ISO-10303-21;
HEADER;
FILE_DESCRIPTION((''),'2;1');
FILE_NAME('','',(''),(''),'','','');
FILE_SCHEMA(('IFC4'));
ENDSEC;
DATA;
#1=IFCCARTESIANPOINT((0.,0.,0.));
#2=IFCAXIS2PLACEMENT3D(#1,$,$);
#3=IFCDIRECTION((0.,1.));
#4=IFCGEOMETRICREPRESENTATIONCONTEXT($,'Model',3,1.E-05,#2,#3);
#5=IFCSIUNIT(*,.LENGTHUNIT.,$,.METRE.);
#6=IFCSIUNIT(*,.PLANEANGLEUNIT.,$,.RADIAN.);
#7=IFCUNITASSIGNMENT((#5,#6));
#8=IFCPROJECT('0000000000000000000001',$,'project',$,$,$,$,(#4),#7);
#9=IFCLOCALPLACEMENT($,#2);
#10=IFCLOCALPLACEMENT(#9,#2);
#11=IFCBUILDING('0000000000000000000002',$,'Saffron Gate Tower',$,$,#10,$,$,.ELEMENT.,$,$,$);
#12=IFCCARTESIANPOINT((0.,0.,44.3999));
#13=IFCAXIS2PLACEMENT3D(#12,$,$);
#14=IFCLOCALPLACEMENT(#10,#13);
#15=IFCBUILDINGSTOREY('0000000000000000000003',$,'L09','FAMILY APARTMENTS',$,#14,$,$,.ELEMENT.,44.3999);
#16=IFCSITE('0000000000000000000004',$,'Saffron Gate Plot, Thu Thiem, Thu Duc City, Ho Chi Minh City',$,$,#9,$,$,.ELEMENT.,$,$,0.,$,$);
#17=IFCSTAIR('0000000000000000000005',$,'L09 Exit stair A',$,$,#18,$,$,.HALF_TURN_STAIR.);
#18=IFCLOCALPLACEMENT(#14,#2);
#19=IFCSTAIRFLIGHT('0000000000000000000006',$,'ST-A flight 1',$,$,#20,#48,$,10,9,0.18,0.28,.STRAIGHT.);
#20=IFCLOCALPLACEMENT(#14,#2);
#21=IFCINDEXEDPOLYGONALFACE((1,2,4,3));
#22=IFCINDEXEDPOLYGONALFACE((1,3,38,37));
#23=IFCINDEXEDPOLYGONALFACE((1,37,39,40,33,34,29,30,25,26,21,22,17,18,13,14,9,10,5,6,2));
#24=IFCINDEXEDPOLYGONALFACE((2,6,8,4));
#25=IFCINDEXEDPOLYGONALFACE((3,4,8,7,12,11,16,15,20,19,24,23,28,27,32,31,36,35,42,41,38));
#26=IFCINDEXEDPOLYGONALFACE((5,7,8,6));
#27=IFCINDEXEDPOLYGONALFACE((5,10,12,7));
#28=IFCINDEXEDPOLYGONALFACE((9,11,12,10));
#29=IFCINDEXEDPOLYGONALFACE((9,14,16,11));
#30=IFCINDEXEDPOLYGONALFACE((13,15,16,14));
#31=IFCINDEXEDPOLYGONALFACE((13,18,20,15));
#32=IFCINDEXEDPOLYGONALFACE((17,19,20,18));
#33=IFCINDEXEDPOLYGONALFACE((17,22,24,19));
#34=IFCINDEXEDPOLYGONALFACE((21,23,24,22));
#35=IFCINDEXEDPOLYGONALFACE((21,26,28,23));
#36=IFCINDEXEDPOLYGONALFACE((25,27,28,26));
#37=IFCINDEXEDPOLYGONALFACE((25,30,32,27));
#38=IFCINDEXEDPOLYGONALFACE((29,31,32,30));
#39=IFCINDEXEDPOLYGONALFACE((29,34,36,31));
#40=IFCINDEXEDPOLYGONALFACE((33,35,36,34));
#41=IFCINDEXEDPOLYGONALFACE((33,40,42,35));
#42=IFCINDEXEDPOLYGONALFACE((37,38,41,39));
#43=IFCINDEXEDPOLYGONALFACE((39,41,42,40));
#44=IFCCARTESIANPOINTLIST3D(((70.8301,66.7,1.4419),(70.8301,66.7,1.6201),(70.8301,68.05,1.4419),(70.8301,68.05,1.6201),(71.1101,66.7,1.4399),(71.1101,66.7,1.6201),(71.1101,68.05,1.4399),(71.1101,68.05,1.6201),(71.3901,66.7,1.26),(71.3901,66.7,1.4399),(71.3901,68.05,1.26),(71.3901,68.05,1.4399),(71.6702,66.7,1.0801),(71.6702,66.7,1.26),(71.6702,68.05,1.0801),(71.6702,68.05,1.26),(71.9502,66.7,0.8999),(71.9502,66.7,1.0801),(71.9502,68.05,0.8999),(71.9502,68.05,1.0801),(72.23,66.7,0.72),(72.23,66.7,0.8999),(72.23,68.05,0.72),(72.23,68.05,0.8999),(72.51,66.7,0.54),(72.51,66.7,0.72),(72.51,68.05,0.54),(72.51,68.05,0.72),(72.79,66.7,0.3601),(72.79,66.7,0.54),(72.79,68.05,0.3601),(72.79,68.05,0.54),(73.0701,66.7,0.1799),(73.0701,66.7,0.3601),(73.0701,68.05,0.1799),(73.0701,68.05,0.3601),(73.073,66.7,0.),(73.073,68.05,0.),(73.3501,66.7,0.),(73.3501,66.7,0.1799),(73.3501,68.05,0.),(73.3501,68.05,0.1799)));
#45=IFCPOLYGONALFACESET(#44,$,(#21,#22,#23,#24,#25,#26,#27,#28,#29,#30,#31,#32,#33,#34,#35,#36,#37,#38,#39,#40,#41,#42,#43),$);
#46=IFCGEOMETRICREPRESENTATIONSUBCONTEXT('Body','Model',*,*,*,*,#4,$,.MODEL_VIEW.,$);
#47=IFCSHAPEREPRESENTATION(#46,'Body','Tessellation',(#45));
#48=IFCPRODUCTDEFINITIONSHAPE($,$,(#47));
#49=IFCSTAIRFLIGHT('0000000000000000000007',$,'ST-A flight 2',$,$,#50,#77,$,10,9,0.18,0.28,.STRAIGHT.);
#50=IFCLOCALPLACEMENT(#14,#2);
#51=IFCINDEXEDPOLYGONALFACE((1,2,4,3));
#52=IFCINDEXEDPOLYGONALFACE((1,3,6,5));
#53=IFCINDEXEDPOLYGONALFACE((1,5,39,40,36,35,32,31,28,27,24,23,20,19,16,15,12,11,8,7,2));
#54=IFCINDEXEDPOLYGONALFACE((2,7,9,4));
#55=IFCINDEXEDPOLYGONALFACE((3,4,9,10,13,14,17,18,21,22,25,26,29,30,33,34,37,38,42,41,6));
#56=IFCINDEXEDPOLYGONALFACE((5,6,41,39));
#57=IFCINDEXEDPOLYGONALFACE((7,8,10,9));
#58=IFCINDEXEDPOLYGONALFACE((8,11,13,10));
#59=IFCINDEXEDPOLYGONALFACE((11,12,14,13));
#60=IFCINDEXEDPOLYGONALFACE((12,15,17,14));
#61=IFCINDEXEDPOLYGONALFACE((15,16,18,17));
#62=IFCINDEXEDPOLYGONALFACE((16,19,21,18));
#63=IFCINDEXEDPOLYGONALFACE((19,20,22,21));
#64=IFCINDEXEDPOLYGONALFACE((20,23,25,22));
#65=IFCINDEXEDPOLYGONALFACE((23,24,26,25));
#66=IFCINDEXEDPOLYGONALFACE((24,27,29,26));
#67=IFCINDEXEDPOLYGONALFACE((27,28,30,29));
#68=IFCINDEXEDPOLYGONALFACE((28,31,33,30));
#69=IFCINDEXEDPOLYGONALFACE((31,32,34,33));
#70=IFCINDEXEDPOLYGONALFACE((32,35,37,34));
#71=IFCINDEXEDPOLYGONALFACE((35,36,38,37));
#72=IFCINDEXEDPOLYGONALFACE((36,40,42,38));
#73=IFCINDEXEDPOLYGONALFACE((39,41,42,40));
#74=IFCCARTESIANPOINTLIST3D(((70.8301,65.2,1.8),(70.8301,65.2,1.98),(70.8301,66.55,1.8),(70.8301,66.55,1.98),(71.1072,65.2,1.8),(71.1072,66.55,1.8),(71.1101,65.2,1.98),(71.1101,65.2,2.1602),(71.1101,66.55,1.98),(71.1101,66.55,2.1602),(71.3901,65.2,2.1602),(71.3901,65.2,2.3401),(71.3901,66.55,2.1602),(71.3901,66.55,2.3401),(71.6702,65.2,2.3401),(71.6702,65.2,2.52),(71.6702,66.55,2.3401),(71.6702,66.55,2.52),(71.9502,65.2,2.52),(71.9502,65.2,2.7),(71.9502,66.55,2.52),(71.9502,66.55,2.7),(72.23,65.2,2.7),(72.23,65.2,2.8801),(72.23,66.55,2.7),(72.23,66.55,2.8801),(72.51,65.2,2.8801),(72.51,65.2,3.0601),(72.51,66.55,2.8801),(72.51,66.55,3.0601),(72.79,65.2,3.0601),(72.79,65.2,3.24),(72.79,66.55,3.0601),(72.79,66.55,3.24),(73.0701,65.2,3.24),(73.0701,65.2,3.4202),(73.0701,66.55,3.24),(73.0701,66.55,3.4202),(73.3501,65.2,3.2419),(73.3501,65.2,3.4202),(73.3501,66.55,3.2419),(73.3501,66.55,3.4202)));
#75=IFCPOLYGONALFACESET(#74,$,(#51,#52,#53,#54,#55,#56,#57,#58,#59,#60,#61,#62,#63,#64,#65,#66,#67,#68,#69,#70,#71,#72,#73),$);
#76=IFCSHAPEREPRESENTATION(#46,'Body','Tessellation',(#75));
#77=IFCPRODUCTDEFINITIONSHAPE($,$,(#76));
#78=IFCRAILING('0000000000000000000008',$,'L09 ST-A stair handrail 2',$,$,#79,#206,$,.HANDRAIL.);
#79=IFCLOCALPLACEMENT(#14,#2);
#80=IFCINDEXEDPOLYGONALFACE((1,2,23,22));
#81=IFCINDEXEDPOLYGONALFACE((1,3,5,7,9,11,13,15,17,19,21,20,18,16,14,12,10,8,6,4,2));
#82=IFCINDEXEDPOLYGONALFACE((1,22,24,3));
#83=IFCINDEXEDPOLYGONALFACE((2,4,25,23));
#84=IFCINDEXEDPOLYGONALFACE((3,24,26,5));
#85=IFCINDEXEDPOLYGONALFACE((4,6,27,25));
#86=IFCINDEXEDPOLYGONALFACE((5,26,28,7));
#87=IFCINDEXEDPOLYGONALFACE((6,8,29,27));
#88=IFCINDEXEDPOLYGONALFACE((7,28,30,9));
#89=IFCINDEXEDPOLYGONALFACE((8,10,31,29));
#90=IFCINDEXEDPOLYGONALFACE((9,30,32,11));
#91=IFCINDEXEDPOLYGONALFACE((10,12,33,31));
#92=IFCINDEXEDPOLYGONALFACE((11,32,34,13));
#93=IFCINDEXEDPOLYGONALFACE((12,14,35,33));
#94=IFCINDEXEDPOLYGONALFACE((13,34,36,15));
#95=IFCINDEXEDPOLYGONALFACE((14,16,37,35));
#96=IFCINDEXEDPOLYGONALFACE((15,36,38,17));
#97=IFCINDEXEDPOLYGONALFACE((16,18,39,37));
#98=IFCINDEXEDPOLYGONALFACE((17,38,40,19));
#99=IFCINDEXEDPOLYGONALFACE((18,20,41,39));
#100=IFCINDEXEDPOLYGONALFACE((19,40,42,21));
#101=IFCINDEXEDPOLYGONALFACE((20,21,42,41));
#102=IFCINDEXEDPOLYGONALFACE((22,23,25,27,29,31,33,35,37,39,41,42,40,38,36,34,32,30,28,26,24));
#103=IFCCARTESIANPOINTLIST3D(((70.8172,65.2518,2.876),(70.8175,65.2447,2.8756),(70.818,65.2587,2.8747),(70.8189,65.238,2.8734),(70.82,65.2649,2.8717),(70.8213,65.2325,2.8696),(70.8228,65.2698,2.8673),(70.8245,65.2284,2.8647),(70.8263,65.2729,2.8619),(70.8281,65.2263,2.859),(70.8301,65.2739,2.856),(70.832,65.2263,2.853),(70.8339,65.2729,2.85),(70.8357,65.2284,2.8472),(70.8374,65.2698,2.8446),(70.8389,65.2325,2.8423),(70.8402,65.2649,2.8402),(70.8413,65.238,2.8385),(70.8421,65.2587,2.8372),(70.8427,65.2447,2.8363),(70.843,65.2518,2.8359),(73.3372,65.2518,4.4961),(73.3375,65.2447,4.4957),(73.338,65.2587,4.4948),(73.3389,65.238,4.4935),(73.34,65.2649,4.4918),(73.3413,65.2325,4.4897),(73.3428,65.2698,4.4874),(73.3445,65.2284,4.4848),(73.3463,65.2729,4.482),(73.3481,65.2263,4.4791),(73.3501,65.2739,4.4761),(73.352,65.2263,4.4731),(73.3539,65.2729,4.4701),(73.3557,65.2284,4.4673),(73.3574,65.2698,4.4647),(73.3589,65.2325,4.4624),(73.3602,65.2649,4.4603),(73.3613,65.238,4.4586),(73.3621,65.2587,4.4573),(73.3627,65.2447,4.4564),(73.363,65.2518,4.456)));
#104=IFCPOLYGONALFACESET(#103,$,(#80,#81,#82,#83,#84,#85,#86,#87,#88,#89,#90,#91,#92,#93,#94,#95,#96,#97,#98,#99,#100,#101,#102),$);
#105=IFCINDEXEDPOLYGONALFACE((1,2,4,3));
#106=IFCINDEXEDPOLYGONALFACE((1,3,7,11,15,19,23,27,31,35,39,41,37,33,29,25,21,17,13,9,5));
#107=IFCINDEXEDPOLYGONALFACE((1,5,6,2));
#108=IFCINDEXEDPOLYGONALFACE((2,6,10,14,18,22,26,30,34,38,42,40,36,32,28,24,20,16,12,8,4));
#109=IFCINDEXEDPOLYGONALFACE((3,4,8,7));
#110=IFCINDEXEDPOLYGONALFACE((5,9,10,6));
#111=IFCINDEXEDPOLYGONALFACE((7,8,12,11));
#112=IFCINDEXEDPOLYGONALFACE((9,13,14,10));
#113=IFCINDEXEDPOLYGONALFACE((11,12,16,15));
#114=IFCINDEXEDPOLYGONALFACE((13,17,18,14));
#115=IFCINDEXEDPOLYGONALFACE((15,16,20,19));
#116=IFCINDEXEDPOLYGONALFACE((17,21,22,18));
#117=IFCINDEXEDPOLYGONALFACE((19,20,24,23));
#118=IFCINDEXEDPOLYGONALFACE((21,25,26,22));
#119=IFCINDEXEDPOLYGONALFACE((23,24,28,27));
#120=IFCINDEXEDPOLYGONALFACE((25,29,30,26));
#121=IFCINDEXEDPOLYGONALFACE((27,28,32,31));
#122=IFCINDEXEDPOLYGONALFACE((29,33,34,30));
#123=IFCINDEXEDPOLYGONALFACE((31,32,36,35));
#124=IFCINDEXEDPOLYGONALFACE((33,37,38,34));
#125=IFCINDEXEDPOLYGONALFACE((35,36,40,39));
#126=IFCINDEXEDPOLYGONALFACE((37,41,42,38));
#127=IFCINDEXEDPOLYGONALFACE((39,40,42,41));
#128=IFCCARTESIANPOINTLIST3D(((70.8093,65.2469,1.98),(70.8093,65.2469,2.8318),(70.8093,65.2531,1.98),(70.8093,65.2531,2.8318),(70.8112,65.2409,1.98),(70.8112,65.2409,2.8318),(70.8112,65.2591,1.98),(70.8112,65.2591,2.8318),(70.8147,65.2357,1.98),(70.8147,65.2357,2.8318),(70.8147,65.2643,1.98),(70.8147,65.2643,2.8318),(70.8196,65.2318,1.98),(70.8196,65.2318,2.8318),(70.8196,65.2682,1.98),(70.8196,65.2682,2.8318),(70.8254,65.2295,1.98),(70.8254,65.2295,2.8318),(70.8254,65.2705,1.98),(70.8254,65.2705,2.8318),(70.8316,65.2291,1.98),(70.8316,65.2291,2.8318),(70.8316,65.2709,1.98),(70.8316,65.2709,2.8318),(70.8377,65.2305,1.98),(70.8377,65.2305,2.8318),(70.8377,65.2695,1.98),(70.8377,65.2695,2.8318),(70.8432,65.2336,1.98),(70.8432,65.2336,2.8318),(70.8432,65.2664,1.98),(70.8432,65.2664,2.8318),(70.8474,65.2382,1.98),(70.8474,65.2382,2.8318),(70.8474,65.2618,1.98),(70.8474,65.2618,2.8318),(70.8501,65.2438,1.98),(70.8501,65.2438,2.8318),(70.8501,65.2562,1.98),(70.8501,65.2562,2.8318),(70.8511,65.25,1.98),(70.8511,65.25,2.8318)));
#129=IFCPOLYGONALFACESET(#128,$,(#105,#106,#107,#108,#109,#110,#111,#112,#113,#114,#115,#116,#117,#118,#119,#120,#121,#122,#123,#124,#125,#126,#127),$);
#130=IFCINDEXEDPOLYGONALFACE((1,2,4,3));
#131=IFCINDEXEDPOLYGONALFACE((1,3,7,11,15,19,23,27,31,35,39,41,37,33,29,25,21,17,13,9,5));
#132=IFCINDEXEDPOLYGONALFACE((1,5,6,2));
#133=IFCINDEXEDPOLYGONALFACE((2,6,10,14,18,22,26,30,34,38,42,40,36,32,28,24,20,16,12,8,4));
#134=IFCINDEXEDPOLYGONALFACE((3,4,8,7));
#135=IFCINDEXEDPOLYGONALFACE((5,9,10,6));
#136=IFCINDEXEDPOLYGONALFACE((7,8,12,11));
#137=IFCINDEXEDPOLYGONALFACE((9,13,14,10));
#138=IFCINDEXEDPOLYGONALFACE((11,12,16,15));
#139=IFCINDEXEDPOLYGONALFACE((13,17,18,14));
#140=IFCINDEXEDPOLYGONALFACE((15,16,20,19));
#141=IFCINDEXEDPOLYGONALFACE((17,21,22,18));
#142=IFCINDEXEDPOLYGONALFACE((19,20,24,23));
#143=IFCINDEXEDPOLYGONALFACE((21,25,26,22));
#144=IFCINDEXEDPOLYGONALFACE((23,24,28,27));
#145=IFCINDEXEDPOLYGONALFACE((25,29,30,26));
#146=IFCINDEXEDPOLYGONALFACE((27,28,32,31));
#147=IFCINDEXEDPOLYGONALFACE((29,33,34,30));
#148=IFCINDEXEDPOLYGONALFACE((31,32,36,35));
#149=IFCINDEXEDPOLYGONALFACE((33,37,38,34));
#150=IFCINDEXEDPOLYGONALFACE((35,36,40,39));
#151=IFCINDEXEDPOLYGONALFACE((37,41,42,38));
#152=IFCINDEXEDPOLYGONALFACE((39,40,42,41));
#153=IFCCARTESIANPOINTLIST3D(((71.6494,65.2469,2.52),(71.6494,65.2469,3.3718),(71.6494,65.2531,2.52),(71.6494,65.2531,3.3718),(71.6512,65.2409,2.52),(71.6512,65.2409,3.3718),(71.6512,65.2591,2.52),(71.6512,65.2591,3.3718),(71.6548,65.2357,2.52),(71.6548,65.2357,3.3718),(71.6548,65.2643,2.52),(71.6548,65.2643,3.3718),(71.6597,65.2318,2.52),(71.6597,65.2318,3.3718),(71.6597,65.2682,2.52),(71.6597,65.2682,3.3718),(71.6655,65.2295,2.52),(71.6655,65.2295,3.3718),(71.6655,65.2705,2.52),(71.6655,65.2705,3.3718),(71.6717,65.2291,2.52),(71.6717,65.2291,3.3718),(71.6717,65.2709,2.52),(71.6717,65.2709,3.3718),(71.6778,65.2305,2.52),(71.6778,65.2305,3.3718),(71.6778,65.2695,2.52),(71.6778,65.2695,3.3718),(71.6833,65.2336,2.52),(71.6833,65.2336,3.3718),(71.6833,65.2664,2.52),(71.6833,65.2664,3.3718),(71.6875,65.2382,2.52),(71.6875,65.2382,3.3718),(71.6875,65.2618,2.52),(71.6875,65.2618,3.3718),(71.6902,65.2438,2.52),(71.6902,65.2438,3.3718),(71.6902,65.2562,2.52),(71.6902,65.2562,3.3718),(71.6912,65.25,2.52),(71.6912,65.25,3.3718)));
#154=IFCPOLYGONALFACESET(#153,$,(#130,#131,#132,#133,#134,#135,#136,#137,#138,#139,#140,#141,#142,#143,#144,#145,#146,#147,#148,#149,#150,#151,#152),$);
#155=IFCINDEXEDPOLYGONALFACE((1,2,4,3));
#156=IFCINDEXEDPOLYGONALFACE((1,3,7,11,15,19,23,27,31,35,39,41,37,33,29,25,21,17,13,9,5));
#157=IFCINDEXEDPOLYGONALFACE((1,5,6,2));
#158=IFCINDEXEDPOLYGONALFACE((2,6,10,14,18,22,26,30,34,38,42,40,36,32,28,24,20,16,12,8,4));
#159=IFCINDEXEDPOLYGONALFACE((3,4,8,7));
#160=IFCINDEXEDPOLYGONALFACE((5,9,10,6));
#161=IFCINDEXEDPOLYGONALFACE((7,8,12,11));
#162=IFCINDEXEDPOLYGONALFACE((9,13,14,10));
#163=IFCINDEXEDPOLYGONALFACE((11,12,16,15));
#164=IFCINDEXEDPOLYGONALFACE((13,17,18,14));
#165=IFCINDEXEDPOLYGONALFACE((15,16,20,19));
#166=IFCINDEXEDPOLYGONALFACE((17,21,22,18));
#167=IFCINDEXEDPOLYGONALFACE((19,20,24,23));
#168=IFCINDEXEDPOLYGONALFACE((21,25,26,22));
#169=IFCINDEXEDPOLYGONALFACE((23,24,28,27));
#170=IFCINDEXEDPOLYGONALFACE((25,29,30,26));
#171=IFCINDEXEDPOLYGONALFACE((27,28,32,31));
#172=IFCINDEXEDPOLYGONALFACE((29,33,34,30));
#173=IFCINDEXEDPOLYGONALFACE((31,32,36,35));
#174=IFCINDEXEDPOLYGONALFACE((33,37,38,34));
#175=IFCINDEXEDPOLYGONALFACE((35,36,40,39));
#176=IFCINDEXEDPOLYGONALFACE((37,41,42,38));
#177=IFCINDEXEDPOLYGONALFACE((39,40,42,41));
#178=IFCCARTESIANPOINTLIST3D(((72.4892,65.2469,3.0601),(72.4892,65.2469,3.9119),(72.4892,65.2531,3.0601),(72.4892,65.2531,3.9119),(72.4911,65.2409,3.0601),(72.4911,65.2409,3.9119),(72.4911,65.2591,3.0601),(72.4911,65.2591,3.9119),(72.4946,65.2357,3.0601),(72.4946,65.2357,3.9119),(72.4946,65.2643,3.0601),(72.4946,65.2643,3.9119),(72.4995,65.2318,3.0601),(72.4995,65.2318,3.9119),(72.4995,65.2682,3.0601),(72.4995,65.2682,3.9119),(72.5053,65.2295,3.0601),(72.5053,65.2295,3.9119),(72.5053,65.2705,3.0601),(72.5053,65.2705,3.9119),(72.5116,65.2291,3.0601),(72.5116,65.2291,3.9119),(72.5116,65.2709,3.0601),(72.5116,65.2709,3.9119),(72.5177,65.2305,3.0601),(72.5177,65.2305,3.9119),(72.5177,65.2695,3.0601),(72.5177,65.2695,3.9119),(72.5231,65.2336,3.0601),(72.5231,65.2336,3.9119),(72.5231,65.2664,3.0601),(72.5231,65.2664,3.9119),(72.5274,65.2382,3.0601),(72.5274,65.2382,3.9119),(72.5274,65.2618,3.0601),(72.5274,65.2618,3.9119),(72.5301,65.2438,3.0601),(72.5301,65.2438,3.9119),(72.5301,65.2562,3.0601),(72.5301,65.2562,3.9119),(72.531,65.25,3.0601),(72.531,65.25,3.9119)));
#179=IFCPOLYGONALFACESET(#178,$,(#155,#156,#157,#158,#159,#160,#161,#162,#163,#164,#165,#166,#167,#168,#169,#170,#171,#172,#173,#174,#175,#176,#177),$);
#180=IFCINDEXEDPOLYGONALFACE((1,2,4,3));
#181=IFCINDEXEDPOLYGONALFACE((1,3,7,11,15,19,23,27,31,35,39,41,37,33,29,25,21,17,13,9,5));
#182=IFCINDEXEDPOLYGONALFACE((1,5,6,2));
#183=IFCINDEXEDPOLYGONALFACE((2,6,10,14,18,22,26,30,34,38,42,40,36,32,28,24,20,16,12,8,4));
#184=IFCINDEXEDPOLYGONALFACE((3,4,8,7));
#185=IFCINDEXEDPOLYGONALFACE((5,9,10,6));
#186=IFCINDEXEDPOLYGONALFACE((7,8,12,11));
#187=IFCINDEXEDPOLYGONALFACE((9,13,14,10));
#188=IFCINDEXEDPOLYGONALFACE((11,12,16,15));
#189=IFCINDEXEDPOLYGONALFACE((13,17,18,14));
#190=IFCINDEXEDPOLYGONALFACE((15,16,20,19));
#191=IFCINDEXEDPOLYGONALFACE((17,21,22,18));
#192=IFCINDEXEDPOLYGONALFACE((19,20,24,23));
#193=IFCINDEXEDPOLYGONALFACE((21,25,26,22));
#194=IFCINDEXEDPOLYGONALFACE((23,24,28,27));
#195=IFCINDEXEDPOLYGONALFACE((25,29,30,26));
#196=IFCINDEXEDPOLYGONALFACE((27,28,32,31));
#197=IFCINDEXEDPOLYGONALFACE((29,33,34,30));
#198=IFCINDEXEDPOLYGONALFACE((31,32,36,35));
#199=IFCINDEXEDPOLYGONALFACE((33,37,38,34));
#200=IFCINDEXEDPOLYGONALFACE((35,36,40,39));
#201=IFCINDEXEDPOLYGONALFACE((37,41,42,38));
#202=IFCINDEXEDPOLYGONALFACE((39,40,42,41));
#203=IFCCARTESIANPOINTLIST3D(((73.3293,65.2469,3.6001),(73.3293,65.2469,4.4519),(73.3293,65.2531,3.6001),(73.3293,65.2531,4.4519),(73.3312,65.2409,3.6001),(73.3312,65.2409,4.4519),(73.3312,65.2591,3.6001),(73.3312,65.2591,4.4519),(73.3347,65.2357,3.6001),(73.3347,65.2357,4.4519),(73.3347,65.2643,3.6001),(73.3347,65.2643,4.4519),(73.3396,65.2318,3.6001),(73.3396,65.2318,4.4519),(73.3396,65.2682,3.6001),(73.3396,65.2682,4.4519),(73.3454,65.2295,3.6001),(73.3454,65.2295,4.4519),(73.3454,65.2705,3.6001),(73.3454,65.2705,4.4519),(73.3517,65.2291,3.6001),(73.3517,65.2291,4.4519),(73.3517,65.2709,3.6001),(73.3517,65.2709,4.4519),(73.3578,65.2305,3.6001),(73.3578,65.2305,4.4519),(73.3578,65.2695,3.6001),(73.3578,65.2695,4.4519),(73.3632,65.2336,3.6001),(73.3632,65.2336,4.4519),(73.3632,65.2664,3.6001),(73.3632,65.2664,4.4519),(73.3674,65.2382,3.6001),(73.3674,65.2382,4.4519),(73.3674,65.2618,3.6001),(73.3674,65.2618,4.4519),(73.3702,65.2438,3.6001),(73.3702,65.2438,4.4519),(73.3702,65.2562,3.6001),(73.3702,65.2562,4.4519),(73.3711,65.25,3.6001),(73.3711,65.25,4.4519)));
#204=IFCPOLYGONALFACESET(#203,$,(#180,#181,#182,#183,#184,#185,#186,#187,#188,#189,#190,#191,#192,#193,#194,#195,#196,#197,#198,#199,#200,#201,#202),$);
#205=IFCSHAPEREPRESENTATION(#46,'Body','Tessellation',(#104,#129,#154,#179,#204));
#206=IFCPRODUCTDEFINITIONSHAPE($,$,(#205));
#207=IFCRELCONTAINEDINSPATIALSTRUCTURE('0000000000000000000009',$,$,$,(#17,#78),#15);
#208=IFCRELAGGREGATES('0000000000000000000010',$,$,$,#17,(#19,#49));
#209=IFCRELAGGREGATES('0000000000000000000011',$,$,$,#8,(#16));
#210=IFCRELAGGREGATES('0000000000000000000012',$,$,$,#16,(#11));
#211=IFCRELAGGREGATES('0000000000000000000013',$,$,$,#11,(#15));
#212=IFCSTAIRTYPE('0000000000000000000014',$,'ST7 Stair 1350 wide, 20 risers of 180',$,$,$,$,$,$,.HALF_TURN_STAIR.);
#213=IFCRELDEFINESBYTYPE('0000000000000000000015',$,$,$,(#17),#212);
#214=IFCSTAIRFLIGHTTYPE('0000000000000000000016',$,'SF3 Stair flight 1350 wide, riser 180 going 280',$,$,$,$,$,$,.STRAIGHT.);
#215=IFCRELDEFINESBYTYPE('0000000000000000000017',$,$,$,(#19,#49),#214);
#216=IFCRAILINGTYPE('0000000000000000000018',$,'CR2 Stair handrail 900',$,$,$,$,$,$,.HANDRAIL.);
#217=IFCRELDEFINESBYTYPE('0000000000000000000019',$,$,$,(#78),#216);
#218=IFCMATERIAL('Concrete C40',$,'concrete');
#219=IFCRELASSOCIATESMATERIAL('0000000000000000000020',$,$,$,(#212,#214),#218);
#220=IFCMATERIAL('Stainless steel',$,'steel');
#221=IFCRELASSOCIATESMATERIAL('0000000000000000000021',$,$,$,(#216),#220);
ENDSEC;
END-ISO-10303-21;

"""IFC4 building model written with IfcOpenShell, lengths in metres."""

from ifc_helpers import new_model, si_unit, direction, frame, origin, origin_2d, place, context, subcontext, project, spatial, polyline, circle, outline, extrude, material, type_object, element, aggregate, save


model = new_model("IFC4")

# Units and contexts
model_context = context("Model", 3, precision=1e-05, world=origin(), true_north=direction((0.0, 1.0)))
body_context = subcontext(model_context, "Body", "Model", "MODEL_VIEW")
ifc_project = project(units=[si_unit("LENGTHUNIT", "METRE"), si_unit("PLANEANGLEUNIT", "RADIAN")], contexts=[model_context])

# Site, building, storey
site_placement = place(None, origin())
site = spatial("IfcSite", under=ifc_project, at=site_placement, Name="Saffron Gate Plot, Thu Thiem, Thu Duc City, Ho Chi Minh City", CompositionType="ELEMENT", RefElevation=0.0)
building_placement = place(site_placement, origin())
building = spatial("IfcBuilding", under=site, at=building_placement, Name="Saffron Gate Tower", CompositionType="ELEMENT")
storey_placement = place(building_placement, frame((0.0, 0.0, 44.3999)))
storey = spatial("IfcBuildingStorey", under=building, at=storey_placement, Name="L09", Description="FAMILY APARTMENTS", CompositionType="ELEMENT", Elevation=44.3999)

# Stair, stair flights
ifc_material_1 = material(Name="Concrete C40", Category="concrete")
stair_type = type_object("IfcStairType", Name="ST7 Stair 1350 wide, 20 risers of 180", PredefinedType="HALF_TURN_STAIR", material=ifc_material_1)
stair_placement = place(storey_placement, origin())
stair = element("IfcStair", 1, at=stair_placement, inside=storey, type_object=stair_type, Name="L09 Exit stair A", PredefinedType="HALF_TURN_STAIR")
stair_flight_type = type_object("IfcStairFlightType", Name="SF3 Stair flight 1350 wide, riser 180 going 280", PredefinedType="STRAIGHT", material=ifc_material_1)
stair_flight_1_placement = place(storey_placement, frame((73.3501, 67.375, 0.0), z_axis=(0.0, 0.0, 1.0), x_axis=(-1.0, 0.0, 0.0)))
stair_flight_1 = element("IfcStairFlight", 2, at=stair_flight_1_placement, type_object=stair_flight_type, Name="ST-A flight 1", NumberOfRisers=10, NumberOfTreads=9, PredefinedType="STRAIGHT", RiserHeight=0.18, TreadLength=0.28, context=body_context, shape_type="SweptSolid", body=[
    extrude(outline(polyline([(0.0, 0.0), (0.0, 0.1799), (0.28, 0.1799), (0.28, 0.3601), (0.5601, 0.3601), (0.5601, 0.54), (0.8401, 0.54), (0.8401, 0.72), (1.1201, 0.72), (1.1201, 0.8999), (1.3999, 0.8999), (1.3999, 1.0801), (1.6799, 1.0801), (1.6799, 1.26), (1.96, 1.26), (1.96, 1.4399), (2.24, 1.4399), (2.24, 1.6201), (2.52, 1.6201), (2.52, 1.8), (2.52, 1.4419), (0.2771, 0.0), (0.0, 0.0)])), frame((0.0, 0.675, 0.0), z_axis=(0.0, -1.0, 0.0), x_axis=(1.0, 0.0, 0.0)), (0.0, 0.0, 1.0), 1.3501),
])
stair_flight_2_placement = place(storey_placement, frame((70.8301, 65.875, 1.8), z_axis=(0.0, 0.0, 1.0), x_axis=(1.0, 0.0, 0.0)))
stair_flight_2 = element("IfcStairFlight", 3, at=stair_flight_2_placement, type_object=stair_flight_type, Name="ST-A flight 2", NumberOfRisers=10, NumberOfTreads=9, PredefinedType="STRAIGHT", RiserHeight=0.18, TreadLength=0.28, context=body_context, shape_type="SweptSolid", body=[
    extrude(outline(polyline([(0.0, 0.0), (0.0, 0.1799), (0.28, 0.1799), (0.28, 0.3601), (0.5601, 0.3601), (0.5601, 0.54), (0.8401, 0.54), (0.8401, 0.72), (1.1201, 0.72), (1.1201, 0.8999), (1.3999, 0.8999), (1.3999, 1.0801), (1.6799, 1.0801), (1.6799, 1.26), (1.96, 1.26), (1.96, 1.4399), (2.24, 1.4399), (2.24, 1.6201), (2.52, 1.6201), (2.52, 1.8), (2.52, 1.4419), (0.2771, 0.0), (0.0, 0.0)])), frame((0.0, 0.675, 0.0), z_axis=(0.0, -1.0, 0.0), x_axis=(1.0, 0.0, 0.0)), (0.0, 0.0, 1.0), 1.3501),
])
aggregate(stair, [stair_flight_1, stair_flight_2])

# Railing
ifc_material_2 = material(Name="Stainless steel", Category="steel")
railing_type_1 = type_object("IfcRailingType", Name="CR2 Stair handrail 900", PredefinedType="HANDRAIL", material=ifc_material_2)
railing_1_placement = place(storey_placement, frame((70.8301, 65.25, 1.98)))
element("IfcRailing", 4, at=railing_1_placement, inside=storey, type_object=railing_type_1, Name="L09 ST-A stair handrail 2", PredefinedType="HANDRAIL", context=body_context, shape_type="SweptSolid", body=[
    extrude(circle(Radius=0.0239, at=origin_2d()), frame((0.0, 0.0, 0.876), z_axis=(0.841163, 0.0, 0.540782), x_axis=(0.0, 1.0, 0.0)), (0.0, 0.0, 1.0), 2.9958),
    extrude(circle(Radius=0.021, at=origin_2d()), origin(), (0.0, 0.0, 1.0), 0.8518),
    extrude(circle(Radius=0.021, at=origin_2d()), frame((0.8401, 0.0, 0.54)), (0.0, 0.0, 1.0), 0.8518),
    extrude(circle(Radius=0.021, at=origin_2d()), frame((1.6799, 0.0, 1.0801)), (0.0, 0.0, 1.0), 0.8518),
    extrude(circle(Radius=0.021, at=origin_2d()), frame((2.52, 0.0, 1.6201)), (0.0, 0.0, 1.0), 0.8518),
])

save(model, "model.ifc")
